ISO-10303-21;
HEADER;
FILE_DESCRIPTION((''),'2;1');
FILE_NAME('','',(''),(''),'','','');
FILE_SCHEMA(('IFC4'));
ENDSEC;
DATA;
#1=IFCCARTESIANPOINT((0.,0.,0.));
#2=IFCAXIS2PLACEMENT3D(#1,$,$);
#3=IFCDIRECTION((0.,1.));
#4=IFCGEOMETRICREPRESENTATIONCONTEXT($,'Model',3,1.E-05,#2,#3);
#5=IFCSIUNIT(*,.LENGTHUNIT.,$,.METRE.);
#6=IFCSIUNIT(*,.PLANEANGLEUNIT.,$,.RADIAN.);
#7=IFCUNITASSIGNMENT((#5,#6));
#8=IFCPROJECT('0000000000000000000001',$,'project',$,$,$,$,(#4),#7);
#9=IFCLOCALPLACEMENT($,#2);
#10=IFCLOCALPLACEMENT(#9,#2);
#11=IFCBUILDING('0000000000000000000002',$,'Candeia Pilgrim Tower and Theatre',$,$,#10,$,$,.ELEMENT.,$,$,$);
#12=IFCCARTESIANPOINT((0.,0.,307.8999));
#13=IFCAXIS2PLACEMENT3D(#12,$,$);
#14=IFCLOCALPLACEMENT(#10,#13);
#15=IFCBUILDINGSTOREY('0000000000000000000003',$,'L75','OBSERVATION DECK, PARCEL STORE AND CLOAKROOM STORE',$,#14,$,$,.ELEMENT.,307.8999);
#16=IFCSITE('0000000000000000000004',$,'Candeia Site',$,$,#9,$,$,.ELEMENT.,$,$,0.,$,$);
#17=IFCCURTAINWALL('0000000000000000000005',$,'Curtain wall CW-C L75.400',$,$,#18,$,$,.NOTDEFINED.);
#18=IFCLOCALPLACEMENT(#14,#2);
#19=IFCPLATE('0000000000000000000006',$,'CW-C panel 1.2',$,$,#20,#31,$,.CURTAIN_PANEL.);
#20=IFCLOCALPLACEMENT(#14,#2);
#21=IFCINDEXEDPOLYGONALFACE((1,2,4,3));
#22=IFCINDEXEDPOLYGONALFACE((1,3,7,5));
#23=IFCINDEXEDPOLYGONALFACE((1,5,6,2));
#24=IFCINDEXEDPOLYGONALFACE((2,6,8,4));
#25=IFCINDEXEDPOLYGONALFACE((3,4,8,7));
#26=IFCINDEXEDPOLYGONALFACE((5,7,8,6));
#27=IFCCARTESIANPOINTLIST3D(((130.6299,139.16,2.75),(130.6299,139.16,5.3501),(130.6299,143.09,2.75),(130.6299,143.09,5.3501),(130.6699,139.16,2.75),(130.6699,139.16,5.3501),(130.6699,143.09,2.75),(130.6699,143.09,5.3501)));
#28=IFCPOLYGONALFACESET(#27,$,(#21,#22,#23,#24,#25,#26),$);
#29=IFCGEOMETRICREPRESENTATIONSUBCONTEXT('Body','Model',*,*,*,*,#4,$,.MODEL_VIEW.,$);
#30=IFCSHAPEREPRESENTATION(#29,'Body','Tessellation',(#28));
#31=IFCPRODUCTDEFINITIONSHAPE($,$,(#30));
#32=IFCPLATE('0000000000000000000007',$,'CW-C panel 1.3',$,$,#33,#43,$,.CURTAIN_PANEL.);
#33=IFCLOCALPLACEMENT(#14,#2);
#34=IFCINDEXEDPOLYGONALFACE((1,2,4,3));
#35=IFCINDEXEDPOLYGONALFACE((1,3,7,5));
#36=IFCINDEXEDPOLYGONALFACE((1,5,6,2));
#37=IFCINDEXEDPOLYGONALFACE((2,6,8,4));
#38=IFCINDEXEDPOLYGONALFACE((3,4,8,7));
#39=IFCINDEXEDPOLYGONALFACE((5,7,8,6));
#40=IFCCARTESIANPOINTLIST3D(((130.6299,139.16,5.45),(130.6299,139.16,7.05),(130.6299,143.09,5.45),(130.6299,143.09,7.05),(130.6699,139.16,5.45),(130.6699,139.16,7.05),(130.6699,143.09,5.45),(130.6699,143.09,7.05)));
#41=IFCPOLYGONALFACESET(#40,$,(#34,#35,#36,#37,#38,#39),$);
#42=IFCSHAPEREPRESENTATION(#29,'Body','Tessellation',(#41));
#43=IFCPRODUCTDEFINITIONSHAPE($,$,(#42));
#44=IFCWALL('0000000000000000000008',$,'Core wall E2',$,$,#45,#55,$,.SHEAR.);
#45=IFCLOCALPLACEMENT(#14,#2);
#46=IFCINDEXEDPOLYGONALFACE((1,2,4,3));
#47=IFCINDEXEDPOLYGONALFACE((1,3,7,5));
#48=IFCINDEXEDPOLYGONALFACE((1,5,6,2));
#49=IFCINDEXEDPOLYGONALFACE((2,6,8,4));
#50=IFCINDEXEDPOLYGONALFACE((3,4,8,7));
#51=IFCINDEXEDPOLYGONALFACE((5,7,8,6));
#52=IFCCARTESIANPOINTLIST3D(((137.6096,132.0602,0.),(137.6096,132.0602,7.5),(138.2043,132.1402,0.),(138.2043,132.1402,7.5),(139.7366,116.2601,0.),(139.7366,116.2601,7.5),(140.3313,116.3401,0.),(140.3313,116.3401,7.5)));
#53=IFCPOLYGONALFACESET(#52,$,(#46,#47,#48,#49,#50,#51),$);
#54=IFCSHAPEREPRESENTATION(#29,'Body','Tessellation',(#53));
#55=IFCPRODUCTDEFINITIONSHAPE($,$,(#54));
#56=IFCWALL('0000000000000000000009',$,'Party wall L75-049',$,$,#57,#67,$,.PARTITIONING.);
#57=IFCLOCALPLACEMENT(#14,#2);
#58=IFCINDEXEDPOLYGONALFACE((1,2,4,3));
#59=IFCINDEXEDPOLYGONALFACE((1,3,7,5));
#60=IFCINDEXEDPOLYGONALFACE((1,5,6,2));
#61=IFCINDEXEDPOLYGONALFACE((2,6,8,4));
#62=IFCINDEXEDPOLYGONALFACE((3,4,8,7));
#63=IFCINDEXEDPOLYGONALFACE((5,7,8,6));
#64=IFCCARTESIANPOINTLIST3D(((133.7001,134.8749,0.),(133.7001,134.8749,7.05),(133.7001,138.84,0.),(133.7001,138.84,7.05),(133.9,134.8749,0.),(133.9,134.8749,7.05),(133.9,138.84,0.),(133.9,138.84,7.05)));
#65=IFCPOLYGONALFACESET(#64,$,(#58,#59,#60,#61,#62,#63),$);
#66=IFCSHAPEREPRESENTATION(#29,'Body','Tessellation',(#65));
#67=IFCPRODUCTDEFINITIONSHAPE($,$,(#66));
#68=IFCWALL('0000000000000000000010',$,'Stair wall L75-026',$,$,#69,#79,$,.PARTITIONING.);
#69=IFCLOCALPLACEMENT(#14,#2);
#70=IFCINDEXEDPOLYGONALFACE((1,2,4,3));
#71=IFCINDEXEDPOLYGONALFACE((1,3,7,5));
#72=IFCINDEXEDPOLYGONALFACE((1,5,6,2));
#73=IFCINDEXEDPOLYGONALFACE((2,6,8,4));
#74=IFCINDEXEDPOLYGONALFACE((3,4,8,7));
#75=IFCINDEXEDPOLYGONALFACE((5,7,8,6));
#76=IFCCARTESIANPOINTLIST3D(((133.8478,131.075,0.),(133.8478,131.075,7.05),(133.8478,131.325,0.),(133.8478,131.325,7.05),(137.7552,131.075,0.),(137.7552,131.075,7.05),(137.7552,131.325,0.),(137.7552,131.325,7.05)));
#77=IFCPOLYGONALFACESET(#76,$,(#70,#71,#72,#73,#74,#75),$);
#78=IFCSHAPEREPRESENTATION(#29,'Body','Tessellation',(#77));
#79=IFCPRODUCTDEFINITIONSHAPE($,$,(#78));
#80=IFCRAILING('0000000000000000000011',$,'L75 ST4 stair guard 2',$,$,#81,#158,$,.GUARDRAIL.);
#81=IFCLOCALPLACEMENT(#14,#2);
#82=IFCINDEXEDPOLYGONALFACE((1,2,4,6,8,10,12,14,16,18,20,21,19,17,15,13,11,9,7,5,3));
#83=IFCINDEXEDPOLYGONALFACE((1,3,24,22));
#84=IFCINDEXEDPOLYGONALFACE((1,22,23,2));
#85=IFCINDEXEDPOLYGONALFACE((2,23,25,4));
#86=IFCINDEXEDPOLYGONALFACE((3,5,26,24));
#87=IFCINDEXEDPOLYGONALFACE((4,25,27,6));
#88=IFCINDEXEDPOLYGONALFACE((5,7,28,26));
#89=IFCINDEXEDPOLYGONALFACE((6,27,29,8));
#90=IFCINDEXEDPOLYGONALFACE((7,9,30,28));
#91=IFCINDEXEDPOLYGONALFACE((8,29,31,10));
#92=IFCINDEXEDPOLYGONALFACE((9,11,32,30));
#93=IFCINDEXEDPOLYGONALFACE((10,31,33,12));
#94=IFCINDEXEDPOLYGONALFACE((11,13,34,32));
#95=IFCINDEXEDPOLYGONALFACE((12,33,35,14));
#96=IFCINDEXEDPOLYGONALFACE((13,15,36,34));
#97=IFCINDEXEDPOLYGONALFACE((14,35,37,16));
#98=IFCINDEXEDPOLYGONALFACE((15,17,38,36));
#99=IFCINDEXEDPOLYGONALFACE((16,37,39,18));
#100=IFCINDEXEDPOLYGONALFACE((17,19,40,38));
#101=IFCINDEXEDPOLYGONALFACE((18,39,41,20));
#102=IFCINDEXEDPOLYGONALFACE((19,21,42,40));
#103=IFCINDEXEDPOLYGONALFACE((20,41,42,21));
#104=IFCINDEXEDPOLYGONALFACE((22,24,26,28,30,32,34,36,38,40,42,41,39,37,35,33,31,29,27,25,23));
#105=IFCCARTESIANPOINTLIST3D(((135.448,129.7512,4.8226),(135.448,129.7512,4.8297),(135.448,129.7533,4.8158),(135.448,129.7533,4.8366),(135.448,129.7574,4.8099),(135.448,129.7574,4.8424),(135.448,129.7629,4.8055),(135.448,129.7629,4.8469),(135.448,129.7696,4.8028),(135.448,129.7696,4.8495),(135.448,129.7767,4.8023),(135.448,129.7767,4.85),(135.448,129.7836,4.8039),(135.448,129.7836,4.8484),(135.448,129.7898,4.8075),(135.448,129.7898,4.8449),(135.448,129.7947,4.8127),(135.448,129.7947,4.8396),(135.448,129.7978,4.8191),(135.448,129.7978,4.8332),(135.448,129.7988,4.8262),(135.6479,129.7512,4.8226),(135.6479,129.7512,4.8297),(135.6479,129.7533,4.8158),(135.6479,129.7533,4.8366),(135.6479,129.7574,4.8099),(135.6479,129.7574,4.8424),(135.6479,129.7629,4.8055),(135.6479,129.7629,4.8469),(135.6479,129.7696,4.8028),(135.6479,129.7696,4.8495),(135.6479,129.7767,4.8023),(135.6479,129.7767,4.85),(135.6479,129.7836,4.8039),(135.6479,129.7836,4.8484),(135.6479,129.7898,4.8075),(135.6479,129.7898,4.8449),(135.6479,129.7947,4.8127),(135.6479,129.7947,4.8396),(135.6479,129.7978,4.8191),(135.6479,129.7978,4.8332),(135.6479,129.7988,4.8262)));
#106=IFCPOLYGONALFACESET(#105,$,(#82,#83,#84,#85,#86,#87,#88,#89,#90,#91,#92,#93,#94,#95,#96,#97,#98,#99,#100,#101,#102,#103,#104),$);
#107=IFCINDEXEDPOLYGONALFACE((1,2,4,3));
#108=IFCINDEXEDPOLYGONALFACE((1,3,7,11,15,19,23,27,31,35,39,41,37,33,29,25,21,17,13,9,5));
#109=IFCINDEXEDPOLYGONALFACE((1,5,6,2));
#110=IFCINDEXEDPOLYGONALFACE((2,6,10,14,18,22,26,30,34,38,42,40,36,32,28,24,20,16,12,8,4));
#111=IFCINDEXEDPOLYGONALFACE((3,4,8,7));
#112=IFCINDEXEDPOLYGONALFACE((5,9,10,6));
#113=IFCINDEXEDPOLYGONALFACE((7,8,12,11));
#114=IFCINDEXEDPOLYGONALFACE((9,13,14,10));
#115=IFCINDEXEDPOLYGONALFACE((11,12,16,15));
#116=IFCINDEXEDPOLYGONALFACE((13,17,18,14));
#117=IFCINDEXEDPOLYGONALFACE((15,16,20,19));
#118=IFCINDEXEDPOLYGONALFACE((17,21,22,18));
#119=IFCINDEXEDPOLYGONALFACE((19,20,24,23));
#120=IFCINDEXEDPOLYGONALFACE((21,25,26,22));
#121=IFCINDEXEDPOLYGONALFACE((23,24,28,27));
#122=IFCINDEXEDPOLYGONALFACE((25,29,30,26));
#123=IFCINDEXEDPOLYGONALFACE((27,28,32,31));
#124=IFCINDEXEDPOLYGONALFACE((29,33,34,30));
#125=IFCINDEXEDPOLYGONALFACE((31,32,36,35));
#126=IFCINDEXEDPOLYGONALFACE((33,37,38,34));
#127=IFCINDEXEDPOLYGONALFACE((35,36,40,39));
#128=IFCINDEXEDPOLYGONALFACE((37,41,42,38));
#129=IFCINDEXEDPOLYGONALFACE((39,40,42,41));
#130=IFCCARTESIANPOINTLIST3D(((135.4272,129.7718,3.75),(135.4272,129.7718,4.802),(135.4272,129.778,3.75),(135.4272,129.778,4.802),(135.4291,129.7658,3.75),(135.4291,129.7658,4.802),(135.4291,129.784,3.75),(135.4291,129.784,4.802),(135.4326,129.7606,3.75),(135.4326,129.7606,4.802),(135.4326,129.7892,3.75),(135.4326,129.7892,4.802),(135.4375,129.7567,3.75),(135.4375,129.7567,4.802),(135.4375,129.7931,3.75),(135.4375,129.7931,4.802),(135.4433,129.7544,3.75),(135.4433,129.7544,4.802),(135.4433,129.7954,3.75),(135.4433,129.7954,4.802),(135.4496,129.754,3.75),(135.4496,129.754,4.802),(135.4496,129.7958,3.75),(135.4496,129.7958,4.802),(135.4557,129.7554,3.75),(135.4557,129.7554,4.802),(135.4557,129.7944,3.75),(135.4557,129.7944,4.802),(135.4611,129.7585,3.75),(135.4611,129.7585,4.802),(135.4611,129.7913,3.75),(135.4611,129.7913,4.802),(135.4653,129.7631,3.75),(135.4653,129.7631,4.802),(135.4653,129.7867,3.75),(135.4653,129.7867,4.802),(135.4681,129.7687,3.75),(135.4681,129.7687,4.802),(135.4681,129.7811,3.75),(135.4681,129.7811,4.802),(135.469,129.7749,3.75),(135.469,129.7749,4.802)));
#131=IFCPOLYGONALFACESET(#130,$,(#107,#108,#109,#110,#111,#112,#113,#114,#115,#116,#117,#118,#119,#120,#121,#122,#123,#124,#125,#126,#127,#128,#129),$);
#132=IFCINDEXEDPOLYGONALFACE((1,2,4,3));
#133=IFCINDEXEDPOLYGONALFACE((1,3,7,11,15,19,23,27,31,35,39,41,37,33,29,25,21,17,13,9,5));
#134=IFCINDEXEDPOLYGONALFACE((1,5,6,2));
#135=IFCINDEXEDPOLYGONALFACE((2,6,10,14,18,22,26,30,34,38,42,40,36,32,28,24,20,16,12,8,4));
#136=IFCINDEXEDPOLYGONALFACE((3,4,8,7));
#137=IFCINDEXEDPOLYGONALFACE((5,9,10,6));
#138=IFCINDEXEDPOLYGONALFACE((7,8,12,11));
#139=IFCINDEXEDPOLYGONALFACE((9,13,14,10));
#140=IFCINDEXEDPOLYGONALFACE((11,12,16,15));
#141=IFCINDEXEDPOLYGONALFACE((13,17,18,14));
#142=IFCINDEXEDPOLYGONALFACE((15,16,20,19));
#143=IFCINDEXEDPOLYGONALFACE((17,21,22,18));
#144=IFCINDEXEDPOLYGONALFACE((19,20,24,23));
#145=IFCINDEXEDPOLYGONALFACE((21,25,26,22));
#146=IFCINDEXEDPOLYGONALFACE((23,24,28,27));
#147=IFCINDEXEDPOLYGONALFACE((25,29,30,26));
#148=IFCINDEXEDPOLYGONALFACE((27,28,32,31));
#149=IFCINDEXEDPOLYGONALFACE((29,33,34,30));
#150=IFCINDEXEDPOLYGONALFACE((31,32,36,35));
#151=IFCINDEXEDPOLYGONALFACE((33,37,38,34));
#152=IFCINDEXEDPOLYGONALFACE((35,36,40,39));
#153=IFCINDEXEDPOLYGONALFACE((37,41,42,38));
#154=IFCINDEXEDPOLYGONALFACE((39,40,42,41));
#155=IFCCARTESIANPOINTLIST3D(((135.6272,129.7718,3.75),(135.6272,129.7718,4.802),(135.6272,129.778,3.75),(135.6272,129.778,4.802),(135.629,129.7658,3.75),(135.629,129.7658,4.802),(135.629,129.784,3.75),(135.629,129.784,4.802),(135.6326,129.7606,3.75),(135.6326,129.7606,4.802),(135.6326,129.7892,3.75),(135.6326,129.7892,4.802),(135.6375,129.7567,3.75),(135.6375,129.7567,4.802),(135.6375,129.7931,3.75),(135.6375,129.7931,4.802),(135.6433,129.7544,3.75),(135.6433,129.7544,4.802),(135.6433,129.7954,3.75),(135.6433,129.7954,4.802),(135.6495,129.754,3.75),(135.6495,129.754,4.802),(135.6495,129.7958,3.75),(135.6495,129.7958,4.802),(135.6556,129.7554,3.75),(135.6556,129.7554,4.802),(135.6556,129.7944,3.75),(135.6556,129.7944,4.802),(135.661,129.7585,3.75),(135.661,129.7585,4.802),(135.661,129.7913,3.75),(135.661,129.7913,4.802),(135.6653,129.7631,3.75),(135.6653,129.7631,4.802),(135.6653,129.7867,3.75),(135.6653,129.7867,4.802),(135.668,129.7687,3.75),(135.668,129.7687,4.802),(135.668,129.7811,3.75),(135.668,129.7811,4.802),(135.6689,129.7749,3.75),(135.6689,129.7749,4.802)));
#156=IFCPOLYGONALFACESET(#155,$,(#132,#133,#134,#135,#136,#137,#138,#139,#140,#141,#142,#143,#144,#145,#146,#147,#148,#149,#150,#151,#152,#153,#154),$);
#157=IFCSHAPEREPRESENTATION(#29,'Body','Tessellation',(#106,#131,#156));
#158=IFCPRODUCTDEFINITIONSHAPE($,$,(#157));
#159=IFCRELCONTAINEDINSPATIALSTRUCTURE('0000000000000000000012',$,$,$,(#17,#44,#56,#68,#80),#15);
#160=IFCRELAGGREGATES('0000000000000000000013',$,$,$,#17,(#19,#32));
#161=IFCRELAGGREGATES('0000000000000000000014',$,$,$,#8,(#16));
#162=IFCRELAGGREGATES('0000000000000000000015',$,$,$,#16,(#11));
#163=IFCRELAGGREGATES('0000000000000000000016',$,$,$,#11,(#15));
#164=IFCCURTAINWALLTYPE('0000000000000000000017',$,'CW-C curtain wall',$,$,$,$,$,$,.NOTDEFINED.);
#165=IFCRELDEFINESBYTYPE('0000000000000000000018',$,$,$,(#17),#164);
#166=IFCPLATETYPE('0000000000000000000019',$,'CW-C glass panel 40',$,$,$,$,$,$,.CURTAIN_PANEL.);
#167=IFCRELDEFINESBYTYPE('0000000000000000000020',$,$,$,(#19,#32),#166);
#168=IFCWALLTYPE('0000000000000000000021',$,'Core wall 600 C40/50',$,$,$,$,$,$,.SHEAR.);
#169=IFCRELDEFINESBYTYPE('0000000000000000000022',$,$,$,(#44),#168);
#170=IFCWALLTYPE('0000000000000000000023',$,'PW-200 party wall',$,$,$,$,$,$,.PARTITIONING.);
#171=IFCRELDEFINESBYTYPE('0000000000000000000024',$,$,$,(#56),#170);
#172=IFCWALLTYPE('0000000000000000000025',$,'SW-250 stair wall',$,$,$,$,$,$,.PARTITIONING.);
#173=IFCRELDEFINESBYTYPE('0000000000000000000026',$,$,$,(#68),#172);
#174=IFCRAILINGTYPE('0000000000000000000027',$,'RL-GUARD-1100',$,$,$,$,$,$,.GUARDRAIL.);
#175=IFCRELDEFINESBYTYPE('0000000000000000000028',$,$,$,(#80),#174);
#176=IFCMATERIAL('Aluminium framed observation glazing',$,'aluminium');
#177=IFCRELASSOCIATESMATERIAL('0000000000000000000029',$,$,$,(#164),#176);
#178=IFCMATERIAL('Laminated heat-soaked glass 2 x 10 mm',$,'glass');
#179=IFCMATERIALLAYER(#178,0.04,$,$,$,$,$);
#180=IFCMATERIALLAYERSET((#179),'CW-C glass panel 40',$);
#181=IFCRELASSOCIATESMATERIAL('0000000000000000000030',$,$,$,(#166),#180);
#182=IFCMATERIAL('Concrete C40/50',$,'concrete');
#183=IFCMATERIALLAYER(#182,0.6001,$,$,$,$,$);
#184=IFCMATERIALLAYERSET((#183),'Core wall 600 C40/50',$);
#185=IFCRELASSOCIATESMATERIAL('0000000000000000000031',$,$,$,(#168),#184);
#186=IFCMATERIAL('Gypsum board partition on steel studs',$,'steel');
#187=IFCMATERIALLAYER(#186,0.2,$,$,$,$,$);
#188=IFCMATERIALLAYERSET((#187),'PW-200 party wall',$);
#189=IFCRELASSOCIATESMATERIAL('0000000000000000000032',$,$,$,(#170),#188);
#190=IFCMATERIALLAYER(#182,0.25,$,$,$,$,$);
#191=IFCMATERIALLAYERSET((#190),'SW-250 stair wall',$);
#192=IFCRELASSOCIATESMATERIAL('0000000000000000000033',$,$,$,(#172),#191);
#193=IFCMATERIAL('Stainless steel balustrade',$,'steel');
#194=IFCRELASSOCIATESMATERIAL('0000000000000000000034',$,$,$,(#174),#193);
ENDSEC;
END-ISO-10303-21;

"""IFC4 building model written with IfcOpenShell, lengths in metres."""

from ifc_helpers import new_model, si_unit, direction, frame, frame_2d, origin, origin_2d, place, context, subcontext, project, spatial, rectangle, circle, extrude, material, layer, layer_set, type_object, element, aggregate, save


model = new_model("IFC4")

# Units and contexts
model_context = context("Model", 3, precision=1e-05, world=origin(), true_north=direction((0.0, 1.0)))
body_context = subcontext(model_context, "Body", "Model", "MODEL_VIEW")
ifc_project = project(units=[si_unit("LENGTHUNIT", "METRE"), si_unit("PLANEANGLEUNIT", "RADIAN")], contexts=[model_context])

# Site, building, storey
site_placement = place(None, origin())
site = spatial("IfcSite", under=ifc_project, at=site_placement, Name="Candeia Site", CompositionType="ELEMENT", RefElevation=0.0)
building_placement = place(site_placement, origin())
building = spatial("IfcBuilding", under=site, at=building_placement, Name="Candeia Pilgrim Tower and Theatre", CompositionType="ELEMENT")
storey_placement = place(building_placement, frame((0.0, 0.0, 307.8999)))
storey = spatial("IfcBuildingStorey", under=building, at=storey_placement, Name="L75", Description="OBSERVATION DECK, PARCEL STORE AND CLOAKROOM STORE", CompositionType="ELEMENT", Elevation=307.8999)

# Shared definitions
ifc_material_1 = material(Name="Concrete C40/50", Category="concrete")

# Shared definitions
ifc_material_2 = material(Name="Aluminium framed observation glazing", Category="aluminium")
curtain_wall_type = type_object("IfcCurtainWallType", Name="CW-C curtain wall", PredefinedType="NOTDEFINED", material=ifc_material_2)

# Curtain wall
curtain_wall_1_placement = place(storey_placement, origin())
curtain_wall_1 = element("IfcCurtainWall", 1, at=curtain_wall_1_placement, inside=storey, type_object=curtain_wall_type, Name="Curtain wall CW-C L75.400", PredefinedType="NOTDEFINED")

# Plates
ifc_material_3 = material(Name="Laminated heat-soaked glass 2 x 10 mm", Category="glass")
ifc_layer_1 = layer(ifc_material_3, 0.04)
ifc_layer_set_1 = layer_set([ifc_layer_1], Name="CW-C glass panel 40")
plate_type = type_object("IfcPlateType", Name="CW-C glass panel 40", PredefinedType="CURTAIN_PANEL", material=ifc_layer_set_1)
plate_1_placement = place(storey_placement, frame((130.6499, 141.125, 2.75), z_axis=(0.0, 0.0, 1.0), x_axis=(0.0, 1.0, 0.0)))
plate_1 = element("IfcPlate", 2, at=plate_1_placement, type_object=plate_type, Name="CW-C panel 1.2", PredefinedType="CURTAIN_PANEL", context=body_context, shape_type="SweptSolid", body=[
    extrude(rectangle(XDim=3.9299, YDim=0.04, at=origin_2d()), origin(), (0.0, 0.0, 1.0), 2.6001),
])
plate_2_placement = place(storey_placement, frame((130.6499, 141.125, 5.45), z_axis=(0.0, 0.0, 1.0), x_axis=(0.0, 1.0, 0.0)))
plate_2 = element("IfcPlate", 3, at=plate_2_placement, type_object=plate_type, Name="CW-C panel 1.3", PredefinedType="CURTAIN_PANEL", context=body_context, shape_type="SweptSolid", body=[
    extrude(rectangle(XDim=3.9299, YDim=0.04, at=origin_2d()), origin(), (0.0, 0.0, 1.0), 1.6001),
])
aggregate(curtain_wall_1, [plate_1, plate_2])

# Walls
ifc_layer_2 = layer(ifc_material_1, 0.6001)
ifc_layer_set_2 = layer_set([ifc_layer_2], Name="Core wall 600 C40/50")
wall_type_1 = type_object("IfcWallType", Name="Core wall 600 C40/50", PredefinedType="SHEAR", material=ifc_layer_set_2)
wall_1_placement = place(storey_placement, frame((137.907, 132.1001, 0.0), z_axis=(0.0, 0.0, 1.0), x_axis=(0.133413, -0.99106, 0.0)))
element("IfcWall", 4, at=wall_1_placement, inside=storey, type_object=wall_type_1, Name="Core wall E2", PredefinedType="SHEAR", context=body_context, shape_type="SweptSolid", body=[
    extrude(rectangle(XDim=15.9426, YDim=0.6001, at=frame_2d((7.9712, 0.0))), origin(), (0.0, 0.0, 1.0), 7.5),
])
ifc_material_4 = material(Name="Gypsum board partition on steel studs", Category="steel")
ifc_layer_3 = layer(ifc_material_4, 0.2)
ifc_layer_set_3 = layer_set([ifc_layer_3], Name="PW-200 party wall")
wall_type_2 = type_object("IfcWallType", Name="PW-200 party wall", PredefinedType="PARTITIONING", material=ifc_layer_set_3)
wall_2_placement = place(storey_placement, frame((133.8, 134.875, 0.0), z_axis=(0.0, 0.0, 1.0), x_axis=(0.0, 1.0, 0.0)))
element("IfcWall", 5, at=wall_2_placement, inside=storey, type_object=wall_type_2, Name="Party wall L75-049", PredefinedType="PARTITIONING", context=body_context, shape_type="SweptSolid", body=[
    extrude(rectangle(XDim=3.9651, YDim=0.2, at=frame_2d((1.9824, 0.0))), origin(), (0.0, 0.0, 1.0), 7.05),
])
ifc_layer_4 = layer(ifc_material_1, 0.25)
ifc_layer_set_4 = layer_set([ifc_layer_4], Name="SW-250 stair wall")
wall_type_3 = type_object("IfcWallType", Name="SW-250 stair wall", PredefinedType="PARTITIONING", material=ifc_layer_set_4)
wall_3_placement = place(storey_placement, frame((133.8479, 131.2, 0.0), z_axis=(0.0, 0.0, 1.0), x_axis=(1.0, 0.0, 0.0)))
element("IfcWall", 6, at=wall_3_placement, inside=storey, type_object=wall_type_3, Name="Stair wall L75-026", PredefinedType="PARTITIONING", context=body_context, shape_type="SweptSolid", body=[
    extrude(rectangle(XDim=3.9075, YDim=0.25, at=frame_2d((1.9536, 0.0))), origin(), (0.0, 0.0, 1.0), 7.05),
])

# Railing
ifc_material_5 = material(Name="Stainless steel balustrade", Category="steel")
railing_type_1 = type_object("IfcRailingType", Name="RL-GUARD-1100", PredefinedType="GUARDRAIL", material=ifc_material_5)
for number, where, name in (
    (7, (135.448, 129.7749, 3.75), "L75 ST4 stair guard 2"),
):
    element("IfcRailing", number, at=place(storey_placement, frame(where)), inside=storey, type_object=railing_type_1, Name=name, PredefinedType="GUARDRAIL", context=body_context, shape_type="SweptSolid", body=[
        extrude(circle(Radius=0.0239, at=origin_2d()), frame((0.0, 0.0, 1.0762), z_axis=(1.0, 0.0, 0.0), x_axis=(0.0, 1.0, 0.0)), (0.0, 0.0, 1.0), 0.2),
        extrude(circle(Radius=0.021, at=origin_2d()), origin(), (0.0, 0.0, 1.0), 1.052),
        extrude(circle(Radius=0.021, at=origin_2d()), frame((0.2, 0.0, 0.0)), (0.0, 0.0, 1.0), 1.052),
    ])

save(model, "model.ifc")
